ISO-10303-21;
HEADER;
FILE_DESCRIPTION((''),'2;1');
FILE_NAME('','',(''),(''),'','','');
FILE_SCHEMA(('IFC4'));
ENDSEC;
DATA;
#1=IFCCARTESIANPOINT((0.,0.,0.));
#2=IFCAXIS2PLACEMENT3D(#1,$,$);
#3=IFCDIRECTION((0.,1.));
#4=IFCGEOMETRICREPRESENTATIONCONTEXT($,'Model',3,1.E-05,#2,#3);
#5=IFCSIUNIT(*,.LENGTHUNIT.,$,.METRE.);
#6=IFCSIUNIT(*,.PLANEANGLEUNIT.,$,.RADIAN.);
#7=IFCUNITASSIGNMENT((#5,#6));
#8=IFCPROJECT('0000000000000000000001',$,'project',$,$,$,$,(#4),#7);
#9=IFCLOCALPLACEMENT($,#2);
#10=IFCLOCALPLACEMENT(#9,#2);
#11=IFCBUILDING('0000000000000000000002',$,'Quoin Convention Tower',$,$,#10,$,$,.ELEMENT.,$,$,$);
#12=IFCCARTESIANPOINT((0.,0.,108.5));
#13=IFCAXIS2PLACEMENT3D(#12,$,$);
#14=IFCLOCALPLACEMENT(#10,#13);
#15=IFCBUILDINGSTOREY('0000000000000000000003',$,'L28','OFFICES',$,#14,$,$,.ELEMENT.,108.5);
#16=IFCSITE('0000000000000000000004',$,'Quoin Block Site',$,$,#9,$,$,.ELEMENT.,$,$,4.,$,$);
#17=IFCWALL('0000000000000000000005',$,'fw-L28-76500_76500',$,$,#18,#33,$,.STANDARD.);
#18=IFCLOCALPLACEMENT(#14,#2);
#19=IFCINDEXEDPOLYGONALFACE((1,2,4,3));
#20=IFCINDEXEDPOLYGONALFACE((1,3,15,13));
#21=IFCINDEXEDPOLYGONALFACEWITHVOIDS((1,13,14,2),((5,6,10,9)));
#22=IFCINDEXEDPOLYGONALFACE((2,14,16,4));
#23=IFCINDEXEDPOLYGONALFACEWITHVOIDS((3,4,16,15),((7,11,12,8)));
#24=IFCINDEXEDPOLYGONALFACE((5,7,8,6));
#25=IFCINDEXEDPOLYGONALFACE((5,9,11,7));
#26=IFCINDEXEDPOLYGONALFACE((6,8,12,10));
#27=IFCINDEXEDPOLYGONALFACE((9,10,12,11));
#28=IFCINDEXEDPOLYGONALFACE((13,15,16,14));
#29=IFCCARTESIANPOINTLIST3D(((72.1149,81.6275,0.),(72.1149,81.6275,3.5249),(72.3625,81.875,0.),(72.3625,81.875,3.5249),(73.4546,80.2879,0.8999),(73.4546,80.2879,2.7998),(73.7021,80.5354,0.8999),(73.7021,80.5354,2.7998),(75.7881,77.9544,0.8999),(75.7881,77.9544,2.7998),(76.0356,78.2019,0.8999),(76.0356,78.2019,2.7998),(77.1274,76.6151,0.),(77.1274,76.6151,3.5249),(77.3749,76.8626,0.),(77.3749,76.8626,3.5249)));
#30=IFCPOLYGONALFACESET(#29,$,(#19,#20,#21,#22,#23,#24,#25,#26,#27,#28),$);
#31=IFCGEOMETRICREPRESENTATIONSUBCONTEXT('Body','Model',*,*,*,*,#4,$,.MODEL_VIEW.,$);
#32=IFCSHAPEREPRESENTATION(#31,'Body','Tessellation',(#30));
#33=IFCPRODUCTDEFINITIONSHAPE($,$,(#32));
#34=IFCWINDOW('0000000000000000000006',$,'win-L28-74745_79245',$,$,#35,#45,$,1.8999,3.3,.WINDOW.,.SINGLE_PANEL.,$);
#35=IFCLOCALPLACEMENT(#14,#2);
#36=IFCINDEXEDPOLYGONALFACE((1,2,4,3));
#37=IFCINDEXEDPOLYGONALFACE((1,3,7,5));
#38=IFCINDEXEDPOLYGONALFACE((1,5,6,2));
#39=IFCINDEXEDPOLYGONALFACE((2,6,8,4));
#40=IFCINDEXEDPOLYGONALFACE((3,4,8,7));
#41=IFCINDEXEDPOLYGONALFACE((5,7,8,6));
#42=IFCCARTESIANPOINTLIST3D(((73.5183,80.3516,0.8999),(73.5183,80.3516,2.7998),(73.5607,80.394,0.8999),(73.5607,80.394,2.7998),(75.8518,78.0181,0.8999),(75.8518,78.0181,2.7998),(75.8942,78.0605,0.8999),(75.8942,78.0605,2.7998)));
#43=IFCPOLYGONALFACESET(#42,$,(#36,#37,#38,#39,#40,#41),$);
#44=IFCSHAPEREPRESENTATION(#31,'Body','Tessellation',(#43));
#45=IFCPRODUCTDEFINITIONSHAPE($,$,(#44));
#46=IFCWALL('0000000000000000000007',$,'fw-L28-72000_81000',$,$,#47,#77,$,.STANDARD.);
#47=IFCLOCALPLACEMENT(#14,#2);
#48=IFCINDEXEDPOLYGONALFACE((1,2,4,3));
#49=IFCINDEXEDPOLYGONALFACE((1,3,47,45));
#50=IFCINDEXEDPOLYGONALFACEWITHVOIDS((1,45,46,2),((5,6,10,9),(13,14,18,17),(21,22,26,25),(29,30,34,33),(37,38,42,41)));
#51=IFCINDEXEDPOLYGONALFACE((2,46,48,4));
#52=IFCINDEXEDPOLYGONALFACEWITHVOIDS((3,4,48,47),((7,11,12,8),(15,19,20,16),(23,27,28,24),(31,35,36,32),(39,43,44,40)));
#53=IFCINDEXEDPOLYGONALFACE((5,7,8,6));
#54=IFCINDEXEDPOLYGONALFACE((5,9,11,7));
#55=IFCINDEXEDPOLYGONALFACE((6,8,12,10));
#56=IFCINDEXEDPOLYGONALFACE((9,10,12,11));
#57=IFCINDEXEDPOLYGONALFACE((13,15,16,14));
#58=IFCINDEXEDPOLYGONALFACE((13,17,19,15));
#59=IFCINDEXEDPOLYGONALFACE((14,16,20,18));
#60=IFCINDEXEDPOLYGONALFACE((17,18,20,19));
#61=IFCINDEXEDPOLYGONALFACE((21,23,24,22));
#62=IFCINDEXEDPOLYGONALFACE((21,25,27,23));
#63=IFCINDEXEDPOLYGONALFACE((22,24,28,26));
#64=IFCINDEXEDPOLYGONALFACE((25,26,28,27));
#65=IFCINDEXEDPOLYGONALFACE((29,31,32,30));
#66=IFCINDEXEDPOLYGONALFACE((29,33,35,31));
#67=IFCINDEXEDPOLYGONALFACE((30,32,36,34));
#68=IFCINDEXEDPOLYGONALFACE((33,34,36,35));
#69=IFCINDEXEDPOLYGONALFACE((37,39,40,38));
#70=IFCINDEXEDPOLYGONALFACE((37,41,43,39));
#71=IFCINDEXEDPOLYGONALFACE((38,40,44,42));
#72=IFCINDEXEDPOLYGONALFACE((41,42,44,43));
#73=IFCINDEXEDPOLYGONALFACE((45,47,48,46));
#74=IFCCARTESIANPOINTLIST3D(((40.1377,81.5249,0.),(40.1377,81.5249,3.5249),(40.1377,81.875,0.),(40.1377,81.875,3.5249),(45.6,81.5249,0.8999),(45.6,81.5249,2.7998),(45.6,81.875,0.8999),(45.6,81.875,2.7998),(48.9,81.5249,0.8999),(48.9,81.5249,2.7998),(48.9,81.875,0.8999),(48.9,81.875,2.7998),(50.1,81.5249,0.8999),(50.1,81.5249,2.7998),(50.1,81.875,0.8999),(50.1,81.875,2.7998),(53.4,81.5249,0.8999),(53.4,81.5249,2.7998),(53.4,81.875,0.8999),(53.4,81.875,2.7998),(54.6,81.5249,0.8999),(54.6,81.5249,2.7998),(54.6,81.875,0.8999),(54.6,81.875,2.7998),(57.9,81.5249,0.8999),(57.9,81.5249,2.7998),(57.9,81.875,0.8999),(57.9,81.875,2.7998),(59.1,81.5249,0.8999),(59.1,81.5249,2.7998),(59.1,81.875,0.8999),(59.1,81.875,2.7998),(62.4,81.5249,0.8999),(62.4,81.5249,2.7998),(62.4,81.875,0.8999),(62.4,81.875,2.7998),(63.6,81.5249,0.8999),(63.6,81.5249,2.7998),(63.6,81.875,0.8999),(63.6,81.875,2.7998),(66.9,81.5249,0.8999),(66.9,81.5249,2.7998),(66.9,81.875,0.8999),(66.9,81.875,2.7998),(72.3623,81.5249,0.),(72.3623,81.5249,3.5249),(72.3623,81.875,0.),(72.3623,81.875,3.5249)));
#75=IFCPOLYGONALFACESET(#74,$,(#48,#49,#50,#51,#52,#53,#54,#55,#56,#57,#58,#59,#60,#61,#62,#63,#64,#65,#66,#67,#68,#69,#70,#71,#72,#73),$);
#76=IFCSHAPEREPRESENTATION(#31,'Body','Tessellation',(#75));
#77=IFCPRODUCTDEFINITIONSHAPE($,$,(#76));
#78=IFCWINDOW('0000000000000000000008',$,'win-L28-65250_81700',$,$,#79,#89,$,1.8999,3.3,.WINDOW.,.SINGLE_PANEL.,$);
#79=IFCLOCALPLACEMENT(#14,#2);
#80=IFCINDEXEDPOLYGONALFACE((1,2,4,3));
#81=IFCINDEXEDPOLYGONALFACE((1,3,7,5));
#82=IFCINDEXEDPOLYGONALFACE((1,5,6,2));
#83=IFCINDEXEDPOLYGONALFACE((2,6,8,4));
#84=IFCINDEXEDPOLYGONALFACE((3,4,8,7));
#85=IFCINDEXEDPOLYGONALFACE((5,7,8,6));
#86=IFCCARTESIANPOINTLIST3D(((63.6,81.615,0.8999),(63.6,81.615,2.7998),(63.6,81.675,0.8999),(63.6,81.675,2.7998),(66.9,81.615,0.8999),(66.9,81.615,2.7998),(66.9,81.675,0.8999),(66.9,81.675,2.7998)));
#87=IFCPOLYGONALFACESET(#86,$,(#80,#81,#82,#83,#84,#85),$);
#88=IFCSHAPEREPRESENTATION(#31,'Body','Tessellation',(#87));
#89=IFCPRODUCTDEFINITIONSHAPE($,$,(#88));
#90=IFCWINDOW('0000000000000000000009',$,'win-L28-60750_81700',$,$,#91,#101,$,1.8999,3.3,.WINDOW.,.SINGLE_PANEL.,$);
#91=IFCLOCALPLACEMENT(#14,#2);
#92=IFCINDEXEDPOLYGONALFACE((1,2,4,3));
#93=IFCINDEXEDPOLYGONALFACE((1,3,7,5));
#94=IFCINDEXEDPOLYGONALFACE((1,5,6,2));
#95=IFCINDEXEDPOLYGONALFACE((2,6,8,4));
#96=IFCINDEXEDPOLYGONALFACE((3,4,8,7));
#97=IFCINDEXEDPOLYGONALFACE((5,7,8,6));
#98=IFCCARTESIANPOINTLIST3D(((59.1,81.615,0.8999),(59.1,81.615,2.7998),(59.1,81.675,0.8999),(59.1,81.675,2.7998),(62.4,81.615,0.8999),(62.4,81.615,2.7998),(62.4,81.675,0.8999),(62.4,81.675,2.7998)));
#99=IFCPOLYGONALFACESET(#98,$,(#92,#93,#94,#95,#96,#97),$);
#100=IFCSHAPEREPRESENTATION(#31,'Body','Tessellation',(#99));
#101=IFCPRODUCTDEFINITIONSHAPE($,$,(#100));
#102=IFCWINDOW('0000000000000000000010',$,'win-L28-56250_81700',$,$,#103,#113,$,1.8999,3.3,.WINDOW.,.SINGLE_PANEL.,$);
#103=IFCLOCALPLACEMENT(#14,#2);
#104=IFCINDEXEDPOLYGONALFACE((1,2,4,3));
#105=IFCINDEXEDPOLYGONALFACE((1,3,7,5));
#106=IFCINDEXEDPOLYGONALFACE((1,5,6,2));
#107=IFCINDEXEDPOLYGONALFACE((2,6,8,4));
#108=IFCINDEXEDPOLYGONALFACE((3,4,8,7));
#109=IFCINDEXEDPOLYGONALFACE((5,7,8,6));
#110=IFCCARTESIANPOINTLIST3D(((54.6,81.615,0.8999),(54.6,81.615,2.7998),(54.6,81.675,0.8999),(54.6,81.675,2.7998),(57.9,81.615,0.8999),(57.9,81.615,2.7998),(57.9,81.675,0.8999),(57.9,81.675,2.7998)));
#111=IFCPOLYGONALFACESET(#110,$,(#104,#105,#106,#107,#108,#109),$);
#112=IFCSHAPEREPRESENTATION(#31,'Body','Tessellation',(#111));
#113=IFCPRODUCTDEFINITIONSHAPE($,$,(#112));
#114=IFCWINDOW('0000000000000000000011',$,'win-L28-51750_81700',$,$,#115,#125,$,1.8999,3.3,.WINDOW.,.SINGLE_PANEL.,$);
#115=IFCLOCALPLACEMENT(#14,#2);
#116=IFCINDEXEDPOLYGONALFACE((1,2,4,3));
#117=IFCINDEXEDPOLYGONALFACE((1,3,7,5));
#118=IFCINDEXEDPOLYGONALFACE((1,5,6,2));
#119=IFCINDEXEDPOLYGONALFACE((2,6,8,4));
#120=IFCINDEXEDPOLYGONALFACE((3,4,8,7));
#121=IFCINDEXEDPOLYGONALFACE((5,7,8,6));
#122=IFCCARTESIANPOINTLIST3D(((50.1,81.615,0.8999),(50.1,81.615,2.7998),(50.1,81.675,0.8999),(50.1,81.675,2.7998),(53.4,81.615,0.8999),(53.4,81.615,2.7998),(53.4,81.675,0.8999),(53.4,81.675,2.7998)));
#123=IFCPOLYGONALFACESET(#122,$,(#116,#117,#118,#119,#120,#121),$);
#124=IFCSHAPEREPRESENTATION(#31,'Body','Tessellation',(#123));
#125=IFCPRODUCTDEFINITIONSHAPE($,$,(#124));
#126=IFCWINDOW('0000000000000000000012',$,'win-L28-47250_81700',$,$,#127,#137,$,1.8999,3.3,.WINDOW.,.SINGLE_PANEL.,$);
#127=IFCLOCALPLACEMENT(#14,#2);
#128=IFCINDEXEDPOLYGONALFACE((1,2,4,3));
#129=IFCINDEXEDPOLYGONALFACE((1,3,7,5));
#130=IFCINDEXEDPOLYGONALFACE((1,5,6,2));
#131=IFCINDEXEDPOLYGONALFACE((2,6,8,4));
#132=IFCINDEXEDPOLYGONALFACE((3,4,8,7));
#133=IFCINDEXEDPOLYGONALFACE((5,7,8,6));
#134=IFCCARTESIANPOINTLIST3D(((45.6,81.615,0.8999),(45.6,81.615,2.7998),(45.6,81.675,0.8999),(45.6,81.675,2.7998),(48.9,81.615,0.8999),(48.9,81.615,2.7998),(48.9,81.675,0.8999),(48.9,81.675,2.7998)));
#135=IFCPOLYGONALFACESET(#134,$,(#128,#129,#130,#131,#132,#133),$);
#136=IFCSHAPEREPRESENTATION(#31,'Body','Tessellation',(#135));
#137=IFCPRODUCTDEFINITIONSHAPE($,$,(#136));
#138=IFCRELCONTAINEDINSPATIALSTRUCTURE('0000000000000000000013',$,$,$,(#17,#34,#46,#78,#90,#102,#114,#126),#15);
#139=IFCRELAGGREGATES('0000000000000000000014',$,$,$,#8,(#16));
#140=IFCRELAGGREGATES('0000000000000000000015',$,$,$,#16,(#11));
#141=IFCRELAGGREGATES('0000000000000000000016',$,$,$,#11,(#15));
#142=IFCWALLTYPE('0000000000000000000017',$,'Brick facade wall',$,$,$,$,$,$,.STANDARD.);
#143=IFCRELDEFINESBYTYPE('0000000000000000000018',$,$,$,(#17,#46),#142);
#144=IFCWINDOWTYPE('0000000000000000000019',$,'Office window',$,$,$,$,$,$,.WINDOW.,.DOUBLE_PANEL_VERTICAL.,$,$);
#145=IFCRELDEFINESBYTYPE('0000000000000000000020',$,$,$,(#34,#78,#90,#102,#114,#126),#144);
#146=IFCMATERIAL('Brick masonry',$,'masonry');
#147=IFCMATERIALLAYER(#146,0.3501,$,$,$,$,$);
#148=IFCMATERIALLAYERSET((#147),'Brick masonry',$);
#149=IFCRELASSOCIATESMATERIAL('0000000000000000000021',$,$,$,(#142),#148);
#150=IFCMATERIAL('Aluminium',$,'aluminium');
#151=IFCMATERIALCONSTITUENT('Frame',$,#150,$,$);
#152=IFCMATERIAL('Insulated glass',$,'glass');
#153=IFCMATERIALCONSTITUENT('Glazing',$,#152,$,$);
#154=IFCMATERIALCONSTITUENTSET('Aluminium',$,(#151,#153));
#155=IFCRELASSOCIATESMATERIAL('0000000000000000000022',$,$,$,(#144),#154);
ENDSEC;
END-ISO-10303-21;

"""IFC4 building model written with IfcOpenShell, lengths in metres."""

from ifc_helpers import new_model, si_unit, direction, frame, frame_2d, origin, place, context, subcontext, project, spatial, rectangle, extrude, material, layer, layer_set, constituent, constituent_set, type_object, element, fill, save


model = new_model("IFC4")

# Units and contexts
model_context = context("Model", 3, precision=1e-05, world=origin(), true_north=direction((0.0, 1.0)))
body_context = subcontext(model_context, "Body", "Model", "MODEL_VIEW")
ifc_project = project(units=[si_unit("LENGTHUNIT", "METRE"), si_unit("PLANEANGLEUNIT", "RADIAN")], contexts=[model_context])

# Site, building, storey
site_placement = place(None, origin())
site = spatial("IfcSite", under=ifc_project, at=site_placement, Name="Quoin Block Site", CompositionType="ELEMENT", RefElevation=4.0)
building_placement = place(site_placement, origin())
building = spatial("IfcBuilding", under=site, at=building_placement, Name="Quoin Convention Tower", CompositionType="ELEMENT")
storey_placement = place(building_placement, frame((0.0, 0.0, 108.5)))
storey = spatial("IfcBuildingStorey", under=building, at=storey_placement, Name="L28", Description="OFFICES", CompositionType="ELEMENT", Elevation=108.5)

# Wall, opening, window
ifc_material_1 = material(Name="Brick masonry", Category="masonry")
ifc_layer_1 = layer(ifc_material_1, 0.3501)
ifc_layer_set_1 = layer_set([ifc_layer_1], Name="Brick masonry")
wall_type_1 = type_object("IfcWallType", Name="Brick facade wall", PredefinedType="STANDARD", material=ifc_layer_set_1)
wall_1_placement = place(storey_placement, frame((77.2512, 76.7388, 0.0), z_axis=(0.0, 0.0, 1.0), x_axis=(-0.707107, 0.707107, 0.0)))
wall_1 = element("IfcWall", 1, at=wall_1_placement, inside=storey, type_object=wall_type_1, Name="fw-L28-76500_76500", PredefinedType="STANDARD", context=body_context, shape_type="SweptSolid", body=[
    extrude(rectangle(XDim=7.0886, YDim=0.3501, at=frame_2d((3.5444, 0.0))), origin(), (0.0, 0.0, 1.0), 3.5249),
])
opening_1_placement = place(wall_1_placement, frame((1.8943, 0.0, 0.8999)))
opening_1 = element("IfcOpeningElement", 2, at=opening_1_placement, cuts=wall_1, PredefinedType="OPENING", context=body_context, shape_type="SweptSolid", body=[
    extrude(rectangle(XDim=3.3, YDim=1.8999, at=frame_2d((1.6499, 0.95))), frame((0.0, 0.1851, 0.0), z_axis=(0.0, -1.0, 0.0), x_axis=(1.0, 0.0, 0.0)), (0.0, 0.0, 1.0), 0.3701),
])
ifc_material_2 = material(Name="Aluminium", Category="aluminium")
ifc_constituent_1 = constituent(ifc_material_2, Name="Frame")
ifc_material_3 = material(Name="Insulated glass", Category="glass")
ifc_constituent_2 = constituent(ifc_material_3, Name="Glazing")
ifc_constituent_set = constituent_set(constituents=[ifc_constituent_1, ifc_constituent_2], Name="Aluminium")
window_type = type_object("IfcWindowType", Name="Office window", PartitioningType="DOUBLE_PANEL_VERTICAL", PredefinedType="WINDOW", material=ifc_constituent_set)
window_1_placement = place(opening_1_placement, origin())
window_1 = element("IfcWindow", 3, at=window_1_placement, inside=storey, type_object=window_type, Name="win-L28-74745_79245", OverallHeight=1.8999, OverallWidth=3.3, PartitioningType="SINGLE_PANEL", PredefinedType="WINDOW", context=body_context, shape_type="SweptSolid", body=[
    extrude(rectangle(XDim=3.3, YDim=1.8999, at=frame_2d((1.6499, 0.95))), frame((0.0, 0.085, 0.0), z_axis=(0.0, -1.0, 0.0), x_axis=(1.0, 0.0, 0.0)), (0.0, 0.0, 1.0), 0.0601),
])
fill(opening_1, window_1)

# Wall, openings, windows
wall_2_placement = place(storey_placement, frame((72.3623, 81.7, 0.0), z_axis=(0.0, 0.0, 1.0), x_axis=(-1.0, 0.0, 0.0)))
wall_2 = element("IfcWall", 4, at=wall_2_placement, inside=storey, type_object=wall_type_1, Name="fw-L28-72000_81000", PredefinedType="STANDARD", context=body_context, shape_type="SweptSolid", body=[
    extrude(rectangle(XDim=32.2246, YDim=0.3501, at=frame_2d((16.1123, 0.0))), origin(), (0.0, 0.0, 1.0), 3.5249),
])
opening_2_placement = place(wall_2_placement, frame((5.4624, 0.0, 0.8999)))
opening_2 = element("IfcOpeningElement", 5, at=opening_2_placement, cuts=wall_2, PredefinedType="OPENING", context=body_context, shape_type="SweptSolid", body=[
    extrude(rectangle(XDim=3.3, YDim=1.8999, at=frame_2d((1.6499, 0.95))), frame((0.0, 0.1851, 0.0), z_axis=(0.0, -1.0, 0.0), x_axis=(1.0, 0.0, 0.0)), (0.0, 0.0, 1.0), 0.3701),
])
opening_3_placement = place(wall_2_placement, frame((9.9624, 0.0, 0.8999)))
opening_3 = element("IfcOpeningElement", 6, at=opening_3_placement, cuts=wall_2, PredefinedType="OPENING", context=body_context, shape_type="SweptSolid", body=[
    extrude(rectangle(XDim=3.3, YDim=1.8999, at=frame_2d((1.6499, 0.95))), frame((0.0, 0.1851, 0.0), z_axis=(0.0, -1.0, 0.0), x_axis=(1.0, 0.0, 0.0)), (0.0, 0.0, 1.0), 0.3701),
])
opening_4_placement = place(wall_2_placement, frame((14.4624, 0.0, 0.8999)))
opening_4 = element("IfcOpeningElement", 7, at=opening_4_placement, cuts=wall_2, PredefinedType="OPENING", context=body_context, shape_type="SweptSolid", body=[
    extrude(rectangle(XDim=3.3, YDim=1.8999, at=frame_2d((1.6499, 0.95))), frame((0.0, 0.1851, 0.0), z_axis=(0.0, -1.0, 0.0), x_axis=(1.0, 0.0, 0.0)), (0.0, 0.0, 1.0), 0.3701),
])
opening_5_placement = place(wall_2_placement, frame((18.9624, 0.0, 0.8999)))
opening_5 = element("IfcOpeningElement", 8, at=opening_5_placement, cuts=wall_2, PredefinedType="OPENING", context=body_context, shape_type="SweptSolid", body=[
    extrude(rectangle(XDim=3.3, YDim=1.8999, at=frame_2d((1.6499, 0.95))), frame((0.0, 0.1851, 0.0), z_axis=(0.0, -1.0, 0.0), x_axis=(1.0, 0.0, 0.0)), (0.0, 0.0, 1.0), 0.3701),
])
opening_6_placement = place(wall_2_placement, frame((23.4624, 0.0, 0.8999)))
opening_6 = element("IfcOpeningElement", 9, at=opening_6_placement, cuts=wall_2, PredefinedType="OPENING", context=body_context, shape_type="SweptSolid", body=[
    extrude(rectangle(XDim=3.3, YDim=1.8999, at=frame_2d((1.6499, 0.95))), frame((0.0, 0.1851, 0.0), z_axis=(0.0, -1.0, 0.0), x_axis=(1.0, 0.0, 0.0)), (0.0, 0.0, 1.0), 0.3701),
])
window_2_placement = place(opening_2_placement, origin())
window_2 = element("IfcWindow", 10, at=window_2_placement, inside=storey, type_object=window_type, Name="win-L28-65250_81700", OverallHeight=1.8999, OverallWidth=3.3, PartitioningType="SINGLE_PANEL", PredefinedType="WINDOW", context=body_context, shape_type="SweptSolid", body=[
    extrude(rectangle(XDim=3.3, YDim=1.8999, at=frame_2d((1.6499, 0.95))), frame((0.0, 0.085, 0.0), z_axis=(0.0, -1.0, 0.0), x_axis=(1.0, 0.0, 0.0)), (0.0, 0.0, 1.0), 0.0601),
])
fill(opening_2, window_2)
window_3_placement = place(opening_3_placement, origin())
window_3 = element("IfcWindow", 11, at=window_3_placement, inside=storey, type_object=window_type, Name="win-L28-60750_81700", OverallHeight=1.8999, OverallWidth=3.3, PartitioningType="SINGLE_PANEL", PredefinedType="WINDOW", context=body_context, shape_type="SweptSolid", body=[
    extrude(rectangle(XDim=3.3, YDim=1.8999, at=frame_2d((1.6499, 0.95))), frame((0.0, 0.085, 0.0), z_axis=(0.0, -1.0, 0.0), x_axis=(1.0, 0.0, 0.0)), (0.0, 0.0, 1.0), 0.0601),
])
fill(opening_3, window_3)
window_4_placement = place(opening_4_placement, origin())
window_4 = element("IfcWindow", 12, at=window_4_placement, inside=storey, type_object=window_type, Name="win-L28-56250_81700", OverallHeight=1.8999, OverallWidth=3.3, PartitioningType="SINGLE_PANEL", PredefinedType="WINDOW", context=body_context, shape_type="SweptSolid", body=[
    extrude(rectangle(XDim=3.3, YDim=1.8999, at=frame_2d((1.6499, 0.95))), frame((0.0, 0.085, 0.0), z_axis=(0.0, -1.0, 0.0), x_axis=(1.0, 0.0, 0.0)), (0.0, 0.0, 1.0), 0.0601),
])
fill(opening_4, window_4)
window_5_placement = place(opening_5_placement, origin())
window_5 = element("IfcWindow", 13, at=window_5_placement, inside=storey, type_object=window_type, Name="win-L28-51750_81700", OverallHeight=1.8999, OverallWidth=3.3, PartitioningType="SINGLE_PANEL", PredefinedType="WINDOW", context=body_context, shape_type="SweptSolid", body=[
    extrude(rectangle(XDim=3.3, YDim=1.8999, at=frame_2d((1.6499, 0.95))), frame((0.0, 0.085, 0.0), z_axis=(0.0, -1.0, 0.0), x_axis=(1.0, 0.0, 0.0)), (0.0, 0.0, 1.0), 0.0601),
])
fill(opening_5, window_5)
window_6_placement = place(opening_6_placement, origin())
window_6 = element("IfcWindow", 14, at=window_6_placement, inside=storey, type_object=window_type, Name="win-L28-47250_81700", OverallHeight=1.8999, OverallWidth=3.3, PartitioningType="SINGLE_PANEL", PredefinedType="WINDOW", context=body_context, shape_type="SweptSolid", body=[
    extrude(rectangle(XDim=3.3, YDim=1.8999, at=frame_2d((1.6499, 0.95))), frame((0.0, 0.085, 0.0), z_axis=(0.0, -1.0, 0.0), x_axis=(1.0, 0.0, 0.0)), (0.0, 0.0, 1.0), 0.0601),
])
fill(opening_6, window_6)

save(model, "model.ifc")
